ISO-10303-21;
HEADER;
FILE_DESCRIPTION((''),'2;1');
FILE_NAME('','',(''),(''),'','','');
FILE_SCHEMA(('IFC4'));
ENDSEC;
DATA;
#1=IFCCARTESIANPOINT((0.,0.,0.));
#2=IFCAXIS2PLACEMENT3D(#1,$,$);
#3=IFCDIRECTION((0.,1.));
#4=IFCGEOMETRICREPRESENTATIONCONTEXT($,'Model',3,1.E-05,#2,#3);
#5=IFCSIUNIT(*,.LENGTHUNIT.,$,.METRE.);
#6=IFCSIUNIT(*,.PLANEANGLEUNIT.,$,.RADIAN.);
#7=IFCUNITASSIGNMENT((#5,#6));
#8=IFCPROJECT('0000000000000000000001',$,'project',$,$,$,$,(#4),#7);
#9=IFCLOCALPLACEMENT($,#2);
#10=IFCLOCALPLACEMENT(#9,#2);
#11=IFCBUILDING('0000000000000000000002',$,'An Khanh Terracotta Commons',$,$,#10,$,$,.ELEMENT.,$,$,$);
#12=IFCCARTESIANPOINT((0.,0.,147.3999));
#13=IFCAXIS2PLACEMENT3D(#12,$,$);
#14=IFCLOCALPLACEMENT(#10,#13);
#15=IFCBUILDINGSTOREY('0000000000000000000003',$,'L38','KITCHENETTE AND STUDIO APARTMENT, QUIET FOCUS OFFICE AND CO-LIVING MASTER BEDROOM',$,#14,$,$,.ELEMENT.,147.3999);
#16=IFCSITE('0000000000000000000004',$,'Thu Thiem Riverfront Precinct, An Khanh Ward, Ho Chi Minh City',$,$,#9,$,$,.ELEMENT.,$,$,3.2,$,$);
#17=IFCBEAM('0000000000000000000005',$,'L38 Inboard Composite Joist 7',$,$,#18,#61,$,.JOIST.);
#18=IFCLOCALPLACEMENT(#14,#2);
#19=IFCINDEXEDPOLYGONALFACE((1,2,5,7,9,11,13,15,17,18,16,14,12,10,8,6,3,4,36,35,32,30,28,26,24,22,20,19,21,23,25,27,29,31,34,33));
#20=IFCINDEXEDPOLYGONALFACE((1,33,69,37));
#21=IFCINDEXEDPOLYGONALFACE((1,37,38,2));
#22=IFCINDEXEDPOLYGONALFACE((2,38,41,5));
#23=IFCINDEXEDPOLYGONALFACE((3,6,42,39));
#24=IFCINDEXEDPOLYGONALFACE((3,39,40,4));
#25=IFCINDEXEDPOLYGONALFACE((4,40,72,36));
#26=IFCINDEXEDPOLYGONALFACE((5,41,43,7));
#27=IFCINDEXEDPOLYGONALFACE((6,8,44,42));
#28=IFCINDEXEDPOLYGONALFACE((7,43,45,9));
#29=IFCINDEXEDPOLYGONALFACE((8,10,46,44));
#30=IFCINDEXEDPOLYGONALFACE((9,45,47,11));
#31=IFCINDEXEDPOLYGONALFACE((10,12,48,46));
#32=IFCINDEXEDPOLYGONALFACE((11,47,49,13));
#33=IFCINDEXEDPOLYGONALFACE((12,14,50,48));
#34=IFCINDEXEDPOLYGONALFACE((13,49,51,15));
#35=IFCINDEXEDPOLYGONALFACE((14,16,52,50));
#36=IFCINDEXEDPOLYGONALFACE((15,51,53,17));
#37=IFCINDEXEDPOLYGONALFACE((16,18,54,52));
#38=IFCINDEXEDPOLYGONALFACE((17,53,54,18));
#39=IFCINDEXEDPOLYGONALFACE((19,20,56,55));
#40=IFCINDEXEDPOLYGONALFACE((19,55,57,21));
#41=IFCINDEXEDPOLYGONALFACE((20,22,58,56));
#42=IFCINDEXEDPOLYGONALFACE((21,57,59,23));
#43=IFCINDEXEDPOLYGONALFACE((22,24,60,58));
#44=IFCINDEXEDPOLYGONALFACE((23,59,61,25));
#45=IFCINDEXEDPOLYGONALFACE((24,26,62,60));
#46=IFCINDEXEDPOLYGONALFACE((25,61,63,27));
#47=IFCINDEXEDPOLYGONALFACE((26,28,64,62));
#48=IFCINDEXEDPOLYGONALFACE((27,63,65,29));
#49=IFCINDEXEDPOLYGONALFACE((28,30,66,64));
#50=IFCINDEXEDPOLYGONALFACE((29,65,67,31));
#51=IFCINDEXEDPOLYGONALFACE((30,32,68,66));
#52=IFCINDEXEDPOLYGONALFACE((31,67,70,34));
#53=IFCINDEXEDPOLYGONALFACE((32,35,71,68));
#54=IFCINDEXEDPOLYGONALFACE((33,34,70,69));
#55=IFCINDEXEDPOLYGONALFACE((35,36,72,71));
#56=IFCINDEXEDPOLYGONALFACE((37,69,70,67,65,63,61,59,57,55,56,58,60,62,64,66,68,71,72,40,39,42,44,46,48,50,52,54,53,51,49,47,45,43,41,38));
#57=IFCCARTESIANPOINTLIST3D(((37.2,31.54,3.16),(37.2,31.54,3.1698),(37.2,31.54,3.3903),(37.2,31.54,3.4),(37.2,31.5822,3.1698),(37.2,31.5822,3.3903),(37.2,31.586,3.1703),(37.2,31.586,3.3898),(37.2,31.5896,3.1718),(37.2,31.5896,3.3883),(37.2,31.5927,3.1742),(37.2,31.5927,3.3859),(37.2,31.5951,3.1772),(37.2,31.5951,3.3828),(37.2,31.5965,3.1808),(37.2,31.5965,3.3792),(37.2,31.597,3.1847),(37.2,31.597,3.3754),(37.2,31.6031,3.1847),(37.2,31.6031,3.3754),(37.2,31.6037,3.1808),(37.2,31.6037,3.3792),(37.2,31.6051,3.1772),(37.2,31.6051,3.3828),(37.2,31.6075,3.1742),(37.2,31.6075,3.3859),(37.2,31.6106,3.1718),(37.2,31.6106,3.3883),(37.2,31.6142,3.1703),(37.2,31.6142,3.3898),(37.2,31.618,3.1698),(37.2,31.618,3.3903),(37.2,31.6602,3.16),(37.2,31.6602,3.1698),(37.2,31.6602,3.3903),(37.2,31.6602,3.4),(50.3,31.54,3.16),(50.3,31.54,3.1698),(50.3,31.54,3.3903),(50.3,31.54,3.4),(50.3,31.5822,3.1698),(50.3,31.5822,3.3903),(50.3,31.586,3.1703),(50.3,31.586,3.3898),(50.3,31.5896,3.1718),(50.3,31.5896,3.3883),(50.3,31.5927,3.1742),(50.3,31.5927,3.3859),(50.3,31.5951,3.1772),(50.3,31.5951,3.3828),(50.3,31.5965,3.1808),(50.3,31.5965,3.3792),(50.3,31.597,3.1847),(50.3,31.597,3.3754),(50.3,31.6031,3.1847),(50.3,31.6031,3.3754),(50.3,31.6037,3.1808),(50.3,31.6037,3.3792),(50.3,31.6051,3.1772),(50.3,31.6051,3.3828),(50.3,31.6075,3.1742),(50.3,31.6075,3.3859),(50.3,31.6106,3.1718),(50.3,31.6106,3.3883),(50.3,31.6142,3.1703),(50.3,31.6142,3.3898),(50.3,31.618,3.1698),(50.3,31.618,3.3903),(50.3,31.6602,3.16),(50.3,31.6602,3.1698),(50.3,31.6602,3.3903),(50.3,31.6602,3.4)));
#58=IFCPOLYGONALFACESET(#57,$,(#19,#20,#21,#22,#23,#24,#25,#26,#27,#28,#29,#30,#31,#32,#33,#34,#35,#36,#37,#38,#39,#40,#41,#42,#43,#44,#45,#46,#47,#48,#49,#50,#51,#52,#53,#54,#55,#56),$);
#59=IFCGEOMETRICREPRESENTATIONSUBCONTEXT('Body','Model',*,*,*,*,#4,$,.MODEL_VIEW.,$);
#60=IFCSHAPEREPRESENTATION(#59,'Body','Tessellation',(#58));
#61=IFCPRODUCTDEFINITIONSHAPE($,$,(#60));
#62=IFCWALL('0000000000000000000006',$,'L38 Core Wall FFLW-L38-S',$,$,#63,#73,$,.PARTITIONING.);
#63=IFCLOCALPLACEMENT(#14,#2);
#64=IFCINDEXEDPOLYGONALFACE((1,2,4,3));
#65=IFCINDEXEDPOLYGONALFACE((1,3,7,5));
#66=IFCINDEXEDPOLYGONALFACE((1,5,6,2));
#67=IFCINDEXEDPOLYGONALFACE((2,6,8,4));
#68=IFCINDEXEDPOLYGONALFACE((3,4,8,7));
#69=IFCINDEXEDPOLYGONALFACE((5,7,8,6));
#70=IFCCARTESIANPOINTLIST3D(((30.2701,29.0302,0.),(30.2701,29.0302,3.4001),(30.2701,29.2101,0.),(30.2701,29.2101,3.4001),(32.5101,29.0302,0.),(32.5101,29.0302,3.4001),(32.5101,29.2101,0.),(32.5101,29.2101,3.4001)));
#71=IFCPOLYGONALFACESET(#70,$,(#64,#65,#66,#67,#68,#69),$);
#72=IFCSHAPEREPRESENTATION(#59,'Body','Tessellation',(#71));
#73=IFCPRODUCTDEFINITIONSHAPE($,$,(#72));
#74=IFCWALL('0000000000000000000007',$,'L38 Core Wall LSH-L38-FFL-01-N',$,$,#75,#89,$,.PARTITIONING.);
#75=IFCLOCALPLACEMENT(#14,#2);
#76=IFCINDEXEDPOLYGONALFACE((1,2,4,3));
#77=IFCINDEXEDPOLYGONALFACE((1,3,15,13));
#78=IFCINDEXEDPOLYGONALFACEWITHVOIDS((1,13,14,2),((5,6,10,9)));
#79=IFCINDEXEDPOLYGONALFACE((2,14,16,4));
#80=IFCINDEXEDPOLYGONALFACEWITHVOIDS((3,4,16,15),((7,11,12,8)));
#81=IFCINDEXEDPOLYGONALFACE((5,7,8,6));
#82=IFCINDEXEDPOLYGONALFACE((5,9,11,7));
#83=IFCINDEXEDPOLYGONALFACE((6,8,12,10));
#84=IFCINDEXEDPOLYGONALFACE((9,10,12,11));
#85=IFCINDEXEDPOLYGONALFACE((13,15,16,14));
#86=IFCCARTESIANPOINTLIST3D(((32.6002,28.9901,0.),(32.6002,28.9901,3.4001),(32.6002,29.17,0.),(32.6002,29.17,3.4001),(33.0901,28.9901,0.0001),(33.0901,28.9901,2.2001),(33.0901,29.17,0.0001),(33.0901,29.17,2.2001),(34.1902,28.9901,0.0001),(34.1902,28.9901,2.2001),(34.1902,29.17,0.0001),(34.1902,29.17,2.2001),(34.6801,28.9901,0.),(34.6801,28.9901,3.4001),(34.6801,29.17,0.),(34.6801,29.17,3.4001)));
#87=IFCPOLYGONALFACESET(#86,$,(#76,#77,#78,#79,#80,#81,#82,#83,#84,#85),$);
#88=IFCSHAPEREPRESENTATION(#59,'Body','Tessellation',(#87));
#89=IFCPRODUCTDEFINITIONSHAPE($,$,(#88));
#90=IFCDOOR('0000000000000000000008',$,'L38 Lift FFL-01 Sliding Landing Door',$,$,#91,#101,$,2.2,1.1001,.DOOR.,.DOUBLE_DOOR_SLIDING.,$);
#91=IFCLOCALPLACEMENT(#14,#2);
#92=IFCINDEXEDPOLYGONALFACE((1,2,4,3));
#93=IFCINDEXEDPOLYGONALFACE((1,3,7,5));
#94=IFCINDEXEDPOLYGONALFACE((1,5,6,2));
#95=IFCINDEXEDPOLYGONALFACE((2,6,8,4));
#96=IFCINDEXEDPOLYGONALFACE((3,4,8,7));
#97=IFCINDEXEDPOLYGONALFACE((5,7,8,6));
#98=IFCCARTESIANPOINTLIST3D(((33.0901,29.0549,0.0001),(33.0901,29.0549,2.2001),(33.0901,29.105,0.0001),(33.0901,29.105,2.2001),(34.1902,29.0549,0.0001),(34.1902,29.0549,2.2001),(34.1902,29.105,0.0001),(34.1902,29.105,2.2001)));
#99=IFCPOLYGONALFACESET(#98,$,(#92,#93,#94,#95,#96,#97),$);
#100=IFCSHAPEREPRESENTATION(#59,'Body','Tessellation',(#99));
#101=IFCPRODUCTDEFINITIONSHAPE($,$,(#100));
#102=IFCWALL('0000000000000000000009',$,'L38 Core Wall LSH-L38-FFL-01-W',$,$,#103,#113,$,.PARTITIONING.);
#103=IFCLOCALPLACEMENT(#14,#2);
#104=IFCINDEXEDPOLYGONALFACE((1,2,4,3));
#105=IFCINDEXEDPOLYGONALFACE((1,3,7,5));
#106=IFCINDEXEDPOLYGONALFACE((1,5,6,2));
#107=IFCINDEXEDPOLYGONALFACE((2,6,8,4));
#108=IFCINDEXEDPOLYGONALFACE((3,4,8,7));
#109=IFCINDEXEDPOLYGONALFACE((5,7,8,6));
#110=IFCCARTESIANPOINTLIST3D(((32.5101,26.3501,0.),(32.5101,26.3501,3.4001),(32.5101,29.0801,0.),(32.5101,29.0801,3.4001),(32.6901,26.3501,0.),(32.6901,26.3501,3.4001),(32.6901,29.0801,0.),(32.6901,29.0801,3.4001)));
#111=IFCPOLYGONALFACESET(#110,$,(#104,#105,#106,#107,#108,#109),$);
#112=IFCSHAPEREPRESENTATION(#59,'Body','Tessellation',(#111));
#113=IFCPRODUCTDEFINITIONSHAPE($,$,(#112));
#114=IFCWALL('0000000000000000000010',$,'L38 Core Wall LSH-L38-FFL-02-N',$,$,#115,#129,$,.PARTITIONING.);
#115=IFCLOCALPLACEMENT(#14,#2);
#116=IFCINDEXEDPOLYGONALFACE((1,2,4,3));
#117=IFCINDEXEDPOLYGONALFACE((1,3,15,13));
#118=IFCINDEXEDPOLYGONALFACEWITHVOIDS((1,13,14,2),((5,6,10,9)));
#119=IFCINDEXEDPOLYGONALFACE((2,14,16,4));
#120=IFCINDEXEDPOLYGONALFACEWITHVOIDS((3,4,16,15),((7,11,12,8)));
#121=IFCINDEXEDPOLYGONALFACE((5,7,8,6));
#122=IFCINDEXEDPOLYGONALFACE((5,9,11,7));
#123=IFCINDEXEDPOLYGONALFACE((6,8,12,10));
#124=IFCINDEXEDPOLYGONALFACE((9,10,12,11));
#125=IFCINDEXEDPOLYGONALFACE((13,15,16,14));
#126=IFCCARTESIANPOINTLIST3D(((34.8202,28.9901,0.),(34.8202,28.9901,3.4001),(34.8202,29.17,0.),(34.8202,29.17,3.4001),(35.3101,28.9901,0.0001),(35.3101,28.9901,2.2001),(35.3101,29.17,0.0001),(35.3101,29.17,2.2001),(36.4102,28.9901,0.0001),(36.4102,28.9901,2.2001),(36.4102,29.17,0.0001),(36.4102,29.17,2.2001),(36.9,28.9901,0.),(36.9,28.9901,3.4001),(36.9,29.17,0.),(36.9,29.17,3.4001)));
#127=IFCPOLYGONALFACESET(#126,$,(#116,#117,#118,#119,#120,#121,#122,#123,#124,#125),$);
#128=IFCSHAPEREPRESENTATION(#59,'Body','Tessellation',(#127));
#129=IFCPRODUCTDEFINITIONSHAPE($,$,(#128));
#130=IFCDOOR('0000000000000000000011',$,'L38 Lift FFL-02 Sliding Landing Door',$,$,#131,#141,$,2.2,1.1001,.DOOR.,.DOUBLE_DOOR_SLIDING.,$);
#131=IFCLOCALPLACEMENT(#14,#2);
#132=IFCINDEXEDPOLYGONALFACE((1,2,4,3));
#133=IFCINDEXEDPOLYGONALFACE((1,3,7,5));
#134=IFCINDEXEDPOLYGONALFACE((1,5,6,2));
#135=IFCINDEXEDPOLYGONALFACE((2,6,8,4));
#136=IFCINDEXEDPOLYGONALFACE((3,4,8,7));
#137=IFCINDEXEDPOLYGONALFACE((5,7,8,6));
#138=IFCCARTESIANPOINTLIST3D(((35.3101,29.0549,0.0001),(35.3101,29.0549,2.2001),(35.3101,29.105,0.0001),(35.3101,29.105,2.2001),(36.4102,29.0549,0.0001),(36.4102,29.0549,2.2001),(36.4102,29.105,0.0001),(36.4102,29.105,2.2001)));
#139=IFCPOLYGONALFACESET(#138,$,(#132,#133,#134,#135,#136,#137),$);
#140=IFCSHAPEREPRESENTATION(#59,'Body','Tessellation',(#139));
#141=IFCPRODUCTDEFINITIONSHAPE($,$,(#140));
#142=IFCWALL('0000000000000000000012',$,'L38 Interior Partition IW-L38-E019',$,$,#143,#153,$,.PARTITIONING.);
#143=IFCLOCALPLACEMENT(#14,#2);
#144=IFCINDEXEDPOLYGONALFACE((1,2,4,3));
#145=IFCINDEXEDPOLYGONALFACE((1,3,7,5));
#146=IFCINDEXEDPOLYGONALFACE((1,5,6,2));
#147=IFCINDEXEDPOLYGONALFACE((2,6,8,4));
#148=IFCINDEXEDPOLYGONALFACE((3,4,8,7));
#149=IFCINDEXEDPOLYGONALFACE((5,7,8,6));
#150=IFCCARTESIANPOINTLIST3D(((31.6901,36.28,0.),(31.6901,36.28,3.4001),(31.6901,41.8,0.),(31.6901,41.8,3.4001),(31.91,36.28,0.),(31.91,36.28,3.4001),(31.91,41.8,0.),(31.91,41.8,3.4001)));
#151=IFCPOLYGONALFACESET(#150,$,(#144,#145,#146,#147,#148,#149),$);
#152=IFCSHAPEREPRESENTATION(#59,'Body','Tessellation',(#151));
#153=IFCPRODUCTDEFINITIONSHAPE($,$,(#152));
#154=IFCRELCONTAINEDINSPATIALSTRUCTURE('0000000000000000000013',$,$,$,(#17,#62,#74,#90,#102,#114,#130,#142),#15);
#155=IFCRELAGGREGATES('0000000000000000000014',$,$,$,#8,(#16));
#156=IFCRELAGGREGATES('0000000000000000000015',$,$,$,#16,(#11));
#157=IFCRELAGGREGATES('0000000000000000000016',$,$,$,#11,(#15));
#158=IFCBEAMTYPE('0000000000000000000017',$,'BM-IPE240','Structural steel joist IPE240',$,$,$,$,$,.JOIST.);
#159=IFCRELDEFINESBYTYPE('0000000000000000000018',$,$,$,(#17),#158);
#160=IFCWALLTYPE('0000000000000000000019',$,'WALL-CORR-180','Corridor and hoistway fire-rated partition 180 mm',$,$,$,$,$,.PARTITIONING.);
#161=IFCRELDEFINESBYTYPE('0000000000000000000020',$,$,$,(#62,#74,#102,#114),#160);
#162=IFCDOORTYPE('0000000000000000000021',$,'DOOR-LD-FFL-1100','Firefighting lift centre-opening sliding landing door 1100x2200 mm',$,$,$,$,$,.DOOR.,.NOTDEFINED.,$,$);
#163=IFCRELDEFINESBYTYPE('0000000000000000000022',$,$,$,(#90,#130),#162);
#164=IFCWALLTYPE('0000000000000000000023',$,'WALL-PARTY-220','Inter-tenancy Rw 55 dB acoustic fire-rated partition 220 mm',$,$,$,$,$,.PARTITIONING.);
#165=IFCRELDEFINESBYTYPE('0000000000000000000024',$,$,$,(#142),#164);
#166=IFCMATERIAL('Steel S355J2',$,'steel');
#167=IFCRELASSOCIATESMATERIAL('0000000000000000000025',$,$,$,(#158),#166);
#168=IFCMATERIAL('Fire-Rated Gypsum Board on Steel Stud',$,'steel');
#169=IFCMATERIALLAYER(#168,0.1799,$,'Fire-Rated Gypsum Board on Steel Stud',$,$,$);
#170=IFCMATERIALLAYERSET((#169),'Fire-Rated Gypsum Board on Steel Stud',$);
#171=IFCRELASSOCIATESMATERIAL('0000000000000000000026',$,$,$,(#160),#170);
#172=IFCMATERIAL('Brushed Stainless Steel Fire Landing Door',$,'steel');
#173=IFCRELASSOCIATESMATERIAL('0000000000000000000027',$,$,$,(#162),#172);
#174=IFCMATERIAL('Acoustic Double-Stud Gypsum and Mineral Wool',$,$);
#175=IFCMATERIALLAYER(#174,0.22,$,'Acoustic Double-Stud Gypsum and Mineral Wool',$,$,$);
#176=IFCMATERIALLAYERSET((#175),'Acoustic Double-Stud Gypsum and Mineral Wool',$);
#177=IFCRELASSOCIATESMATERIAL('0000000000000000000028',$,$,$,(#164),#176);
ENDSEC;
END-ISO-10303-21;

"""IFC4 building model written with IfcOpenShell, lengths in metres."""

from ifc_helpers import new_model, si_unit, direction, frame, frame_2d, origin, origin_2d, place, context, subcontext, project, spatial, rectangle, i_section, extrude, material, layer, layer_set, material_profile, profile_set, type_object, element, fill, save


model = new_model("IFC4")

# Units and contexts
model_context = context("Model", 3, precision=1e-05, world=origin(), true_north=direction((0.0, 1.0)))
body_context = subcontext(model_context, "Body", "Model", "MODEL_VIEW")
ifc_project = project(units=[si_unit("LENGTHUNIT", "METRE"), si_unit("PLANEANGLEUNIT", "RADIAN")], contexts=[model_context])

# Site, building, storey
site_placement = place(None, origin())
site = spatial("IfcSite", under=ifc_project, at=site_placement, Name="Thu Thiem Riverfront Precinct, An Khanh Ward, Ho Chi Minh City", CompositionType="ELEMENT", RefElevation=3.2)
building_placement = place(site_placement, origin())
building = spatial("IfcBuilding", under=site, at=building_placement, Name="An Khanh Terracotta Commons", CompositionType="ELEMENT")
storey_placement = place(building_placement, frame((0.0, 0.0, 147.3999)))
storey = spatial("IfcBuildingStorey", under=building, at=storey_placement, Name="L38", Description="KITCHENETTE AND STUDIO APARTMENT, QUIET FOCUS OFFICE AND CO-LIVING MASTER BEDROOM", CompositionType="ELEMENT", Elevation=147.3999)

# Beam
ifc_material_1 = material(Name="Steel S355J2", Category="steel")
ifc_material_profile_1 = material_profile(ifc_material_1, i_section(OverallWidth=0.1201, OverallDepth=0.24, WebThickness=0.0061, FlangeThickness=0.0098, FilletRadius=0.0149, at=origin_2d()), Name="IPE240")
ifc_profile_set_1 = profile_set([ifc_material_profile_1], Name="Steel S355J2")
beam_type_1 = type_object("IfcBeamType", Name="BM-IPE240", Description="Structural steel joist IPE240", PredefinedType="JOIST", material=ifc_profile_set_1)
for number, where, z_axis, x_axis, name in (
    (1, (37.2, 31.6001, 3.28), (1.0, 0.0, 0.0), (0.0, 1.0, 0.0), "L38 Inboard Composite Joist 7"),
):
    element("IfcBeam", number, at=place(storey_placement, frame(where, z_axis=z_axis, x_axis=x_axis)), inside=storey, type_object=beam_type_1, Name=name, PredefinedType="JOIST", context=body_context, shape_type="SweptSolid", body=[
        extrude(i_section(OverallWidth=0.1201, OverallDepth=0.24, WebThickness=0.0061, FlangeThickness=0.0098, FilletRadius=0.0149, at=origin_2d()), origin(), (0.0, 0.0, 1.0), 13.1001),
    ])

# Wall
ifc_material_2 = material(Name="Fire-Rated Gypsum Board on Steel Stud", Category="steel")
ifc_layer_1 = layer(ifc_material_2, 0.1799, Name="Fire-Rated Gypsum Board on Steel Stud")
ifc_layer_set_1 = layer_set([ifc_layer_1], Name="Fire-Rated Gypsum Board on Steel Stud")
wall_type_1 = type_object("IfcWallType", Name="WALL-CORR-180", Description="Corridor and hoistway fire-rated partition 180 mm", PredefinedType="PARTITIONING", material=ifc_layer_set_1)
wall_1_placement = place(storey_placement, frame((30.27, 29.1201, 0.0), z_axis=(0.0, 0.0, 1.0), x_axis=(1.0, 0.0, 0.0)))
element("IfcWall", 2, at=wall_1_placement, inside=storey, type_object=wall_type_1, Name="L38 Core Wall FFLW-L38-S", PredefinedType="PARTITIONING", context=body_context, shape_type="SweptSolid", body=[
    extrude(rectangle(XDim=2.24, YDim=0.1799, at=frame_2d((1.1201, 0.0))), origin(), (0.0, 0.0, 1.0), 3.4001),
])

# Wall, opening, door
wall_2_placement = place(storey_placement, frame((32.6001, 29.0801, 0.0), z_axis=(0.0, 0.0, 1.0), x_axis=(1.0, 0.0, 0.0)))
wall_2 = element("IfcWall", 3, at=wall_2_placement, inside=storey, type_object=wall_type_1, Name="L38 Core Wall LSH-L38-FFL-01-N", PredefinedType="PARTITIONING", context=body_context, shape_type="SweptSolid", body=[
    extrude(rectangle(XDim=2.0798, YDim=0.1799, at=frame_2d((1.04, 0.0))), origin(), (0.0, 0.0, 1.0), 3.4001),
])
opening_1_placement = place(wall_2_placement, frame((0.49, 0.0, 0.0)))
opening_1 = element("IfcOpeningElement", 4, at=opening_1_placement, cuts=wall_2, PredefinedType="OPENING", context=body_context, shape_type="SweptSolid", body=[
    extrude(rectangle(XDim=1.1001, YDim=2.2, at=frame_2d((0.55, 1.1001))), frame((0.0, 0.0999, 0.0), z_axis=(0.0, -1.0, 0.0), x_axis=(1.0, 0.0, 0.0)), (0.0, 0.0, 1.0), 0.2),
])
ifc_material_3 = material(Name="Brushed Stainless Steel Fire Landing Door", Category="steel")
door_type_1 = type_object("IfcDoorType", Name="DOOR-LD-FFL-1100", Description="Firefighting lift centre-opening sliding landing door 1100x2200 mm", OperationType="NOTDEFINED", PredefinedType="DOOR", material=ifc_material_3)
door_1_placement = place(opening_1_placement, origin())
door_1 = element("IfcDoor", 5, at=door_1_placement, inside=storey, type_object=door_type_1, Name="L38 Lift FFL-01 Sliding Landing Door", OperationType="DOUBLE_DOOR_SLIDING", OverallHeight=2.2, OverallWidth=1.1001, PredefinedType="DOOR", context=body_context, shape_type="SweptSolid", body=[
    extrude(rectangle(XDim=1.1001, YDim=2.2, at=frame_2d((0.55, 1.1001))), frame((0.0, 0.0249, 0.0), z_axis=(0.0, -1.0, 0.0), x_axis=(1.0, 0.0, 0.0)), (0.0, 0.0, 1.0), 0.05),
])
fill(opening_1, door_1)

# Wall
wall_3_placement = place(storey_placement, frame((32.6001, 29.0801, 0.0), z_axis=(0.0, 0.0, 1.0), x_axis=(0.0, -1.0, 0.0)))
element("IfcWall", 6, at=wall_3_placement, inside=storey, type_object=wall_type_1, Name="L38 Core Wall LSH-L38-FFL-01-W", PredefinedType="PARTITIONING", context=body_context, shape_type="SweptSolid", body=[
    extrude(rectangle(XDim=2.73, YDim=0.1799, at=frame_2d((1.365, 0.0))), origin(), (0.0, 0.0, 1.0), 3.4001),
])

# Wall, opening, door
wall_4_placement = place(storey_placement, frame((34.8201, 29.0801, 0.0), z_axis=(0.0, 0.0, 1.0), x_axis=(1.0, 0.0, 0.0)))
wall_4 = element("IfcWall", 7, at=wall_4_placement, inside=storey, type_object=wall_type_1, Name="L38 Core Wall LSH-L38-FFL-02-N", PredefinedType="PARTITIONING", context=body_context, shape_type="SweptSolid", body=[
    extrude(rectangle(XDim=2.0798, YDim=0.1799, at=frame_2d((1.04, 0.0))), origin(), (0.0, 0.0, 1.0), 3.4001),
])
opening_2_placement = place(wall_4_placement, frame((0.49, 0.0, 0.0)))
opening_2 = element("IfcOpeningElement", 8, at=opening_2_placement, cuts=wall_4, PredefinedType="OPENING", context=body_context, shape_type="SweptSolid", body=[
    extrude(rectangle(XDim=1.1001, YDim=2.2, at=frame_2d((0.55, 1.1001))), frame((0.0, 0.0999, 0.0), z_axis=(0.0, -1.0, 0.0), x_axis=(1.0, 0.0, 0.0)), (0.0, 0.0, 1.0), 0.2),
])
door_2_placement = place(opening_2_placement, origin())
door_2 = element("IfcDoor", 9, at=door_2_placement, inside=storey, type_object=door_type_1, Name="L38 Lift FFL-02 Sliding Landing Door", OperationType="DOUBLE_DOOR_SLIDING", OverallHeight=2.2, OverallWidth=1.1001, PredefinedType="DOOR", context=body_context, shape_type="SweptSolid", body=[
    extrude(rectangle(XDim=1.1001, YDim=2.2, at=frame_2d((0.55, 1.1001))), frame((0.0, 0.0249, 0.0), z_axis=(0.0, -1.0, 0.0), x_axis=(1.0, 0.0, 0.0)), (0.0, 0.0, 1.0), 0.05),
])
fill(opening_2, door_2)

# Wall
ifc_material_4 = material(Name="Acoustic Double-Stud Gypsum and Mineral Wool")
ifc_layer_2 = layer(ifc_material_4, 0.22, Name="Acoustic Double-Stud Gypsum and Mineral Wool")
ifc_layer_set_2 = layer_set([ifc_layer_2], Name="Acoustic Double-Stud Gypsum and Mineral Wool")
wall_type_2 = type_object("IfcWallType", Name="WALL-PARTY-220", Description="Inter-tenancy Rw 55 dB acoustic fire-rated partition 220 mm", PredefinedType="PARTITIONING", material=ifc_layer_set_2)
wall_5_placement = place(storey_placement, frame((31.8, 36.28, 0.0), z_axis=(0.0, 0.0, 1.0), x_axis=(0.0, 1.0, 0.0)))
element("IfcWall", 10, at=wall_5_placement, inside=storey, type_object=wall_type_2, Name="L38 Interior Partition IW-L38-E019", PredefinedType="PARTITIONING", context=body_context, shape_type="SweptSolid", body=[
    extrude(rectangle(XDim=5.52, YDim=0.22, at=frame_2d((2.76, 0.0))), origin(), (0.0, 0.0, 1.0), 3.4001),
])

save(model, "model.ifc")
